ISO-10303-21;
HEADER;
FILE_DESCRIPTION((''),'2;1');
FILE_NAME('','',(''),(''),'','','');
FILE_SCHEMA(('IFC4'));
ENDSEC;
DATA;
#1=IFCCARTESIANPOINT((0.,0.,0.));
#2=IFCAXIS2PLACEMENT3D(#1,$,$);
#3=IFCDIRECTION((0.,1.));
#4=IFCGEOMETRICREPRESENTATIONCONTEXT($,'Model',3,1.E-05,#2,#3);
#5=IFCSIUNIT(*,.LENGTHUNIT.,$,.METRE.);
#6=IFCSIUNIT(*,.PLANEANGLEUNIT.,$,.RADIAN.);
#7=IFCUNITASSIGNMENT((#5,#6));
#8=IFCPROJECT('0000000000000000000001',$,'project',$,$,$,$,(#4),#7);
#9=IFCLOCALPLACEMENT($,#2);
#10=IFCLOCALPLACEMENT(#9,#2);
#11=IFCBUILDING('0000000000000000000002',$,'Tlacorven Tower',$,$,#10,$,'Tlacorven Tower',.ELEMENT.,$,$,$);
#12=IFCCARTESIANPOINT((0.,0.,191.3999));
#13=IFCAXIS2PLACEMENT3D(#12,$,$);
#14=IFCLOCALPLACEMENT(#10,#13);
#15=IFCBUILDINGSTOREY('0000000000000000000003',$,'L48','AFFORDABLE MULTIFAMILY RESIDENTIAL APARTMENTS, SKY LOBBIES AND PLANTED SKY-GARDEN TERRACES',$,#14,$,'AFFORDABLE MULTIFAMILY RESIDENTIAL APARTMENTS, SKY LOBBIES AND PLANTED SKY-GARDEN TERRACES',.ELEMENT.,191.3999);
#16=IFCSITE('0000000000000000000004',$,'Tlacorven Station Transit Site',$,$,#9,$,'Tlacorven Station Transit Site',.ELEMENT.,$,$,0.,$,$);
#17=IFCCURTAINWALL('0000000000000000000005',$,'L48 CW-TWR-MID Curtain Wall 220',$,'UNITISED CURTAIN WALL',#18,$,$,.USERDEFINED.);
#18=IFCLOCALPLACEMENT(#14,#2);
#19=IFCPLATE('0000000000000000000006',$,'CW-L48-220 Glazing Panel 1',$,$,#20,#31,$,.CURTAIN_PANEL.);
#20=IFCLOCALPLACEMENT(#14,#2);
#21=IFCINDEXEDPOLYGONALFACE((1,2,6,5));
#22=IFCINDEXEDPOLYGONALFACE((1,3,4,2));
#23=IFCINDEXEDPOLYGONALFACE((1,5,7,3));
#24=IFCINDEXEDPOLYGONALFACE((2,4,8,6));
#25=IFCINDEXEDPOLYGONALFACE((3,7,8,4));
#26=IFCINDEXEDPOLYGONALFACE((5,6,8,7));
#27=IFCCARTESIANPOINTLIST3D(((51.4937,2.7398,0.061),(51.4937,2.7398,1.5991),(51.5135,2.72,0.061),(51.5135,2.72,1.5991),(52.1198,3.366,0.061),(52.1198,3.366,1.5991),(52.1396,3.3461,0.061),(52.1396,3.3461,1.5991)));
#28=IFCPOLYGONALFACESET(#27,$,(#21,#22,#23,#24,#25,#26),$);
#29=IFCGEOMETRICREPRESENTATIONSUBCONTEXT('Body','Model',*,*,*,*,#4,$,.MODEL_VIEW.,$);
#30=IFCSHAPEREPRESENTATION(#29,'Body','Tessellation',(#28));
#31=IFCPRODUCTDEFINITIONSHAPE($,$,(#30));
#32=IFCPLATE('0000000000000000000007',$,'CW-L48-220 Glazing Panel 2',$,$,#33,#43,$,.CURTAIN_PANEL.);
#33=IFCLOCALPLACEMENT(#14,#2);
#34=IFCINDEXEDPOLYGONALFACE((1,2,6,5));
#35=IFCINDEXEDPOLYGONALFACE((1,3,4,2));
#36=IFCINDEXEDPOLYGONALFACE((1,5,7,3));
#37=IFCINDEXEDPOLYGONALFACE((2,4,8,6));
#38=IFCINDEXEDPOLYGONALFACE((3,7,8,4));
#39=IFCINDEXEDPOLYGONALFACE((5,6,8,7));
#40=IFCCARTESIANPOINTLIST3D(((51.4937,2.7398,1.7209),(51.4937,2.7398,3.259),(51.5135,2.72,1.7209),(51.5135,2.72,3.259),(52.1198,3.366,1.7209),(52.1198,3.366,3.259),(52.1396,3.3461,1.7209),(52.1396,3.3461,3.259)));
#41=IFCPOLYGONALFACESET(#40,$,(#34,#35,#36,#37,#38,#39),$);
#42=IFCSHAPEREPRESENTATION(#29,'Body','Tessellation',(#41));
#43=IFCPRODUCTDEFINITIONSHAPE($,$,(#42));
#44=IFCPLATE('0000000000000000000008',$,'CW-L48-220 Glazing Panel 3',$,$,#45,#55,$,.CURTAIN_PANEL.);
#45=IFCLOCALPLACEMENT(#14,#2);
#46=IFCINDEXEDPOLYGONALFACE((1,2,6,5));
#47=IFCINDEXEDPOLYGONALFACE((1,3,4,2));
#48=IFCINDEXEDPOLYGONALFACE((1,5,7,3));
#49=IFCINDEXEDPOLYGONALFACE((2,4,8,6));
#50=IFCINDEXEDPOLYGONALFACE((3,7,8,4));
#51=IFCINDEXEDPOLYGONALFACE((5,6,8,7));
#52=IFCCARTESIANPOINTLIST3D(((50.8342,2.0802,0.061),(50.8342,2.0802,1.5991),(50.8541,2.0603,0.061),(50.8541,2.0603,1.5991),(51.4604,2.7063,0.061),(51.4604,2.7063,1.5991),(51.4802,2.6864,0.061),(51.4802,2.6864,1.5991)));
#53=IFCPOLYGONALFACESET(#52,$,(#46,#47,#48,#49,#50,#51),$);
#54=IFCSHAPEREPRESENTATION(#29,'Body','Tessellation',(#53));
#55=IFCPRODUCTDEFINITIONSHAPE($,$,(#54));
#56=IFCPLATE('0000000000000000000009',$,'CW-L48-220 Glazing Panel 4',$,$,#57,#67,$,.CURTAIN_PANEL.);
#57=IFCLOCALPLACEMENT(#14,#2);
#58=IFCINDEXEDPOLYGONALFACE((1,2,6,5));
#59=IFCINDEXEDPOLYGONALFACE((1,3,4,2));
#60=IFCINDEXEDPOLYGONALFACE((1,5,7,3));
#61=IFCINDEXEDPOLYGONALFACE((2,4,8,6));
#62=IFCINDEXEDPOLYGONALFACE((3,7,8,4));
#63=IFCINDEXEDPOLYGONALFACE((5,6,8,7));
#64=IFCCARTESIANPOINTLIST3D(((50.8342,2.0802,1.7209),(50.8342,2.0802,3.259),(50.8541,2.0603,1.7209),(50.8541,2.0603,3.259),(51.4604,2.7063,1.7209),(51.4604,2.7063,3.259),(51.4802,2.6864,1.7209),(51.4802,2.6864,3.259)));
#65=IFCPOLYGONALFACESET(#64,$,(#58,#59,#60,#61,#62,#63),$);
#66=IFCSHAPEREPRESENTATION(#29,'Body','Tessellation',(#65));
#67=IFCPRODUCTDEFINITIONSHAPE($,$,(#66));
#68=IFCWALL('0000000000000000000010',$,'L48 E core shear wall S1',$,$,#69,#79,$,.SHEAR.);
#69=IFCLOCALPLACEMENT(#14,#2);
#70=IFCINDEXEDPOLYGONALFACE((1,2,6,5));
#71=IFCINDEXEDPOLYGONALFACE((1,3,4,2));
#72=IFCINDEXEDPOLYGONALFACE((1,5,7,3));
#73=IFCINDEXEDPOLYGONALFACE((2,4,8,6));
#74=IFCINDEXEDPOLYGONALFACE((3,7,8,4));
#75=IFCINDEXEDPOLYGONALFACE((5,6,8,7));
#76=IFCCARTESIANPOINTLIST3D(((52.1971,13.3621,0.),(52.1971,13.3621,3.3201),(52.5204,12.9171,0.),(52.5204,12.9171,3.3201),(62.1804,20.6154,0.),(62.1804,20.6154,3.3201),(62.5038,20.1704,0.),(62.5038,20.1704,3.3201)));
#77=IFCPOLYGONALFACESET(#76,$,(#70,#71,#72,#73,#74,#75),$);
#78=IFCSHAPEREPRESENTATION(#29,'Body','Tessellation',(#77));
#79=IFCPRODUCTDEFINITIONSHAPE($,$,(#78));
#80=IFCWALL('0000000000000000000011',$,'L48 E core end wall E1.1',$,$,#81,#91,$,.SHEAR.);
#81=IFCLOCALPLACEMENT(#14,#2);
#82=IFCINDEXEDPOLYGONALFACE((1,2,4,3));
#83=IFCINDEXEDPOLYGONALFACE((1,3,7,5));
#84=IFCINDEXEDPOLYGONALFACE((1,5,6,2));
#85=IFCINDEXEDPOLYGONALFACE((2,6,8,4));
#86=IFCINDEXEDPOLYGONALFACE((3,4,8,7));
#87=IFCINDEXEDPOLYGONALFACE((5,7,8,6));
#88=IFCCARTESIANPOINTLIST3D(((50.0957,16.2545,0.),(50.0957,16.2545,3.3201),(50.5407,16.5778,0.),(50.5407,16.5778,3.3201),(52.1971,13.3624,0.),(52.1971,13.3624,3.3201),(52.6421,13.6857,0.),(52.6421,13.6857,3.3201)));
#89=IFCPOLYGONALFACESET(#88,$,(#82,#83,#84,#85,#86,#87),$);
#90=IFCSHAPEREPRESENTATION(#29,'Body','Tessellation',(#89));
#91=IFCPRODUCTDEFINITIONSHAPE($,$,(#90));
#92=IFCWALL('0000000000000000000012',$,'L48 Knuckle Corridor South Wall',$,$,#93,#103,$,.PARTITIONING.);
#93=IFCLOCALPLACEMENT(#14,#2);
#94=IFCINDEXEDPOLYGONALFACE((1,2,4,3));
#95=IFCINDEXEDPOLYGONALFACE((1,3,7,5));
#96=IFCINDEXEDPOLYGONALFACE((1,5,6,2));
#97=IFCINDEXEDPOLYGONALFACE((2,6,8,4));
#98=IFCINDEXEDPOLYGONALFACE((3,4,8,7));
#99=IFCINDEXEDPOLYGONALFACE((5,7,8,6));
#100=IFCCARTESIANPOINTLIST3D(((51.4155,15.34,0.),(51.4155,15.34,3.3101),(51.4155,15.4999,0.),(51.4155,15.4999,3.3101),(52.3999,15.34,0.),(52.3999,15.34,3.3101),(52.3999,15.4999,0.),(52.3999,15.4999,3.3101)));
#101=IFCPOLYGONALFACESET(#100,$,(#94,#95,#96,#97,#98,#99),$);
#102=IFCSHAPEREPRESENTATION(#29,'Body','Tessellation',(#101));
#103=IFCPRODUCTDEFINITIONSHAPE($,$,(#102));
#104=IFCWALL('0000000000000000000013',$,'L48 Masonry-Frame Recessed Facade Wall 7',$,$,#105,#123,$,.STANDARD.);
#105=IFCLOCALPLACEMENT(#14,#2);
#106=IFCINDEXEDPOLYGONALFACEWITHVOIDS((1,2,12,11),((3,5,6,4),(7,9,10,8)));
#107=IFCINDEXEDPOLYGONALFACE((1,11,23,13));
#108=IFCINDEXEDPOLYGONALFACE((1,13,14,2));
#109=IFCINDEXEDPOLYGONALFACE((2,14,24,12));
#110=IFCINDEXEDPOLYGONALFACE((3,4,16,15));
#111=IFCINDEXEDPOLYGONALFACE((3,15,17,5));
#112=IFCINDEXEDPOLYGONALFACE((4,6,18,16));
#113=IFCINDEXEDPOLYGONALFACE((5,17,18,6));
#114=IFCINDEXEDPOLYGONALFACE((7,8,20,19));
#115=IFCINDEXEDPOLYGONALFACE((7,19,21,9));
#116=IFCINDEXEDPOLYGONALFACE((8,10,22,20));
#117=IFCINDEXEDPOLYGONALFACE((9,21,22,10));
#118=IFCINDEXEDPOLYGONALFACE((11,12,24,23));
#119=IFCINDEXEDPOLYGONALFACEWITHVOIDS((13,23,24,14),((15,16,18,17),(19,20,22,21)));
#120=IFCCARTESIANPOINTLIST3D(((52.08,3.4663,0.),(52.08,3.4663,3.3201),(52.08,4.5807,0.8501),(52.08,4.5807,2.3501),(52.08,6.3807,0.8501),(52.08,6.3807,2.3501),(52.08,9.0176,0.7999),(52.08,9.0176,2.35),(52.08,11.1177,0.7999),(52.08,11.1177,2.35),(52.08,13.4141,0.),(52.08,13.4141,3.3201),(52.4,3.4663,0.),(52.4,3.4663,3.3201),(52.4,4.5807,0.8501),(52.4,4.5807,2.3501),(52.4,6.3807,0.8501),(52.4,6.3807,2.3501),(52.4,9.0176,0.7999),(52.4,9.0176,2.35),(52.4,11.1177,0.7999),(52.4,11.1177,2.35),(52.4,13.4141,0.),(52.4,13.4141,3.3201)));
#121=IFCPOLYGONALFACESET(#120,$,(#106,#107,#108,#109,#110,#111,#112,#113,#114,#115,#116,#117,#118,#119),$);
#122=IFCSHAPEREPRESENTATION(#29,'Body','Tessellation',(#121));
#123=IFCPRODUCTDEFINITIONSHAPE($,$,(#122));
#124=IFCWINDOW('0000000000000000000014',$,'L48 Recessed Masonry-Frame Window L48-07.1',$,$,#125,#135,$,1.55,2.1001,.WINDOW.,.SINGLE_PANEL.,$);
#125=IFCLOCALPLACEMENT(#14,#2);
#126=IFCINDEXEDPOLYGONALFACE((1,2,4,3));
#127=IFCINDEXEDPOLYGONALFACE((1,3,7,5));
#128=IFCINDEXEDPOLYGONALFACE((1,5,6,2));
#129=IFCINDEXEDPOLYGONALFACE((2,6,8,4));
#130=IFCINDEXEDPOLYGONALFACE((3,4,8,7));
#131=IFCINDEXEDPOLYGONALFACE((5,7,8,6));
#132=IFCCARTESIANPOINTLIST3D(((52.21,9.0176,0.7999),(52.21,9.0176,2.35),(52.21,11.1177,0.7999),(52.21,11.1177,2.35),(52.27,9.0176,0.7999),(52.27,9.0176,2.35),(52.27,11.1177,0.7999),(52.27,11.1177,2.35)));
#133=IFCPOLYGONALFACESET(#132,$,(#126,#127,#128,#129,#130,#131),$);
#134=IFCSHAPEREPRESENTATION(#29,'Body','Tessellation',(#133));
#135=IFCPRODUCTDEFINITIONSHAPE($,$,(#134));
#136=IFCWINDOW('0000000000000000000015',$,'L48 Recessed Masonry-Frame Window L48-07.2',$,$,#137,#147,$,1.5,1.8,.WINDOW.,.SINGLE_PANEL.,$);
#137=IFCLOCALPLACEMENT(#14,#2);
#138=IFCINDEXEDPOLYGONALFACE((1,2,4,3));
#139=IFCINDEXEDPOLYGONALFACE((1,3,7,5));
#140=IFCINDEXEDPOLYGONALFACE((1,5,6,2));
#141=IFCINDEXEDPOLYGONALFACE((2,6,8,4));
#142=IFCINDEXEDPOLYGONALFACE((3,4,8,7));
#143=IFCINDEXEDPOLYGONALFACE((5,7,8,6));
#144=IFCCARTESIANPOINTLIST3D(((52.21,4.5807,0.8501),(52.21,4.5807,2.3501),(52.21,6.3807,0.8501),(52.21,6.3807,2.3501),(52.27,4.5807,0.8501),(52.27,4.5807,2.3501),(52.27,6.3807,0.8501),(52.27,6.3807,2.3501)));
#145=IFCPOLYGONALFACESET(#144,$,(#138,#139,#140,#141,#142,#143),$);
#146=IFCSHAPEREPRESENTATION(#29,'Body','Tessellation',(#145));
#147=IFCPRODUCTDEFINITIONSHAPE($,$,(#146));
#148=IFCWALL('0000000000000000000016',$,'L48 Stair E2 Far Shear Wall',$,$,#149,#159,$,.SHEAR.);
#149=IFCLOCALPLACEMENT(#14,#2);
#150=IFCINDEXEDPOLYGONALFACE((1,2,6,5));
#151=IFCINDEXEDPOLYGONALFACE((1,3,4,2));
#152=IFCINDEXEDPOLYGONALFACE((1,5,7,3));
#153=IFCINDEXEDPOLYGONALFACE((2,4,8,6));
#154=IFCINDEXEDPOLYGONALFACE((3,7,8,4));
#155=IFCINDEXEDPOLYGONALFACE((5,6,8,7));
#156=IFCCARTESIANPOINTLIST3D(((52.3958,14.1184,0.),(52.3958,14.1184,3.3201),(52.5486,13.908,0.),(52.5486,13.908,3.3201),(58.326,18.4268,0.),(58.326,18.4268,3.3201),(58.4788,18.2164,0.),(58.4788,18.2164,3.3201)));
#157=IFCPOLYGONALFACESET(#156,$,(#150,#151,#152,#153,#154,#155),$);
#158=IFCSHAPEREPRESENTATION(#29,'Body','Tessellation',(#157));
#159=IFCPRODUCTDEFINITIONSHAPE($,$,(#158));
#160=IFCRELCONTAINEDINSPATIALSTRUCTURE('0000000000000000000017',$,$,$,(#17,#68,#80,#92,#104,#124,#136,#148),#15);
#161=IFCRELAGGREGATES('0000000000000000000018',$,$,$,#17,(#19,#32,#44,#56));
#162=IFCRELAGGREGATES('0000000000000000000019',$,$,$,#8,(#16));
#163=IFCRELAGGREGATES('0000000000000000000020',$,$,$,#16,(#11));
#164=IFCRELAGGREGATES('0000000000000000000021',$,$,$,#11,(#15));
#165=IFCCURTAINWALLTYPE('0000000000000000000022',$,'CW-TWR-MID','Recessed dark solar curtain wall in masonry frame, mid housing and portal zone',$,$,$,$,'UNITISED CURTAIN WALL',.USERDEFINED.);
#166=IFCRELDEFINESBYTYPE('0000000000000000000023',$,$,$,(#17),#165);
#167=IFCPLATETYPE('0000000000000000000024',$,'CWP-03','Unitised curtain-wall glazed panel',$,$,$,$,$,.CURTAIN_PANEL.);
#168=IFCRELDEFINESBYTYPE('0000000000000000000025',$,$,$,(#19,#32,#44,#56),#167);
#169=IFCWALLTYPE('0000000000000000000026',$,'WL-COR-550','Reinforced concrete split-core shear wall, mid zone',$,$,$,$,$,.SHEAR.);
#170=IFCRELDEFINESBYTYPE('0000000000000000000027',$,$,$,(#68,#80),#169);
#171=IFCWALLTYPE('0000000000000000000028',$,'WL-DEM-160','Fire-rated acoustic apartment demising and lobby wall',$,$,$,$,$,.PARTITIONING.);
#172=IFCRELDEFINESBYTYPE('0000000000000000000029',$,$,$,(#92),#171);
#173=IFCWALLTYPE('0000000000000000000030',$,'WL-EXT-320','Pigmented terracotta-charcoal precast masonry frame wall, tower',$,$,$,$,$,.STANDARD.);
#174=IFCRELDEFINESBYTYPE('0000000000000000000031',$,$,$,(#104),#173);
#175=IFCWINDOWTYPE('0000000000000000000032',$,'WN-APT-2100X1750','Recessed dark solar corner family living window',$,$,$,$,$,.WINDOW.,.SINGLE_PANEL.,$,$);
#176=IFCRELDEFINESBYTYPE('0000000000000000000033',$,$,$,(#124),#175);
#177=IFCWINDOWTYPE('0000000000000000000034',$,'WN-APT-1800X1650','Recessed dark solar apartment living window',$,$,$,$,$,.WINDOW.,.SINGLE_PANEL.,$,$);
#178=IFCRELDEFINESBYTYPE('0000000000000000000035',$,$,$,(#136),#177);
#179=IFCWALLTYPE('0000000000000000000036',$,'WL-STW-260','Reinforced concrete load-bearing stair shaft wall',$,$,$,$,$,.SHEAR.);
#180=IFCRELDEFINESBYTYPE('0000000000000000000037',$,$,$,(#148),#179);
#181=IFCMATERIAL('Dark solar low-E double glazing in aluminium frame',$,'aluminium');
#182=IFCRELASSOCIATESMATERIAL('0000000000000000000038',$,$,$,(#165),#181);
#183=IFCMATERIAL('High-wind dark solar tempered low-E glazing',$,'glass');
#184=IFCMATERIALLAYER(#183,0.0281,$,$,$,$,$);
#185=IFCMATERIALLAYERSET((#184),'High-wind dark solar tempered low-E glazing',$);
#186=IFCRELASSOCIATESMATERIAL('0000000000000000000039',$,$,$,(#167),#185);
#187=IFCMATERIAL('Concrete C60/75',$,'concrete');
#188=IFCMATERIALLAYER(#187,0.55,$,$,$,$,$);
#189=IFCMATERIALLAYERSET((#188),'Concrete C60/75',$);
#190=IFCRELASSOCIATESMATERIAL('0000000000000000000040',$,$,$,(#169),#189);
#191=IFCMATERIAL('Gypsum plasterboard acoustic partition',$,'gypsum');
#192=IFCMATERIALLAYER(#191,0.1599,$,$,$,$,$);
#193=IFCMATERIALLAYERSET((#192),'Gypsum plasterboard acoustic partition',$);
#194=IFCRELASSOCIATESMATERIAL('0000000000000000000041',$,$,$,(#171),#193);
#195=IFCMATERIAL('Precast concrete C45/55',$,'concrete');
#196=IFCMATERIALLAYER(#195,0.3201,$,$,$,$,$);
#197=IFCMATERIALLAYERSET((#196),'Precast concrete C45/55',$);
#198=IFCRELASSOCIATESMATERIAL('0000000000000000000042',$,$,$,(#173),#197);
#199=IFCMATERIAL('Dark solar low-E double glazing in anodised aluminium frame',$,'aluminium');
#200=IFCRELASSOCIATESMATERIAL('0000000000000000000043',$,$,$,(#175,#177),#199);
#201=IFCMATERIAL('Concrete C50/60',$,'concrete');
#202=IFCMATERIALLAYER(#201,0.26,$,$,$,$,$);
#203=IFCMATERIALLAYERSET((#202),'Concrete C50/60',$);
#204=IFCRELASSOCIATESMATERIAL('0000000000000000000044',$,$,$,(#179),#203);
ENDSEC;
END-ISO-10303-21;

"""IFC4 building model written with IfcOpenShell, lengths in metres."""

from ifc_helpers import new_model, si_unit, direction, frame, frame_2d, origin, origin_2d, place, context, subcontext, project, spatial, rectangle, extrude, source, transform, mapped, material, layer, layer_set, type_object, element, fill, aggregate, save


model = new_model("IFC4")

# Units and contexts
model_context = context("Model", 3, precision=1e-05, world=origin(), true_north=direction((0.0, 1.0)))
body_context = subcontext(model_context, "Body", "Model", "MODEL_VIEW")
ifc_project = project(units=[si_unit("LENGTHUNIT", "METRE"), si_unit("PLANEANGLEUNIT", "RADIAN")], contexts=[model_context])

# Site, building, storey
site_placement = place(None, origin())
site = spatial("IfcSite", under=ifc_project, at=site_placement, Name="Tlacorven Station Transit Site", LongName="Tlacorven Station Transit Site", CompositionType="ELEMENT", RefElevation=0.0)
building_placement = place(site_placement, origin())
building = spatial("IfcBuilding", under=site, at=building_placement, Name="Tlacorven Tower", LongName="Tlacorven Tower", CompositionType="ELEMENT")
storey_placement = place(building_placement, frame((0.0, 0.0, 191.3999)))
storey = spatial("IfcBuildingStorey", under=building, at=storey_placement, Name="L48", Description="AFFORDABLE MULTIFAMILY RESIDENTIAL APARTMENTS, SKY LOBBIES AND PLANTED SKY-GARDEN TERRACES", LongName="AFFORDABLE MULTIFAMILY RESIDENTIAL APARTMENTS, SKY LOBBIES AND PLANTED SKY-GARDEN TERRACES", CompositionType="ELEMENT", Elevation=191.3999)

# Curtain wall, plates
ifc_material_1 = material(Name="Dark solar low-E double glazing in aluminium frame", Category="aluminium")
curtain_wall_type = type_object("IfcCurtainWallType", Name="CW-TWR-MID", Description="Recessed dark solar curtain wall in masonry frame, mid housing and portal zone", ElementType="UNITISED CURTAIN WALL", PredefinedType="USERDEFINED", material=ifc_material_1)
curtain_wall_placement = place(storey_placement, origin())
curtain_wall = element("IfcCurtainWall", 1, at=curtain_wall_placement, inside=storey, type_object=curtain_wall_type, Name="L48 CW-TWR-MID Curtain Wall 220", ObjectType="UNITISED CURTAIN WALL", PredefinedType="USERDEFINED")
ifc_material_2 = material(Name="High-wind dark solar tempered low-E glazing", Category="glass")
ifc_layer_1 = layer(ifc_material_2, 0.0281)
ifc_layer_set_1 = layer_set([ifc_layer_1], Name="High-wind dark solar tempered low-E glazing")
plate_type = type_object("IfcPlateType", Name="CWP-03", Description="Unitised curtain-wall glazed panel", PredefinedType="CURTAIN_PANEL", material=ifc_layer_set_1)
shared_shape_1 = source(origin(), body_context, "Body", "SweptSolid", [
    extrude(rectangle(XDim=0.8855, YDim=0.0281, at=origin_2d()), origin(), (0.0, 0.0, 1.0), 1.5381),
])
plate_1_placement = place(storey_placement, frame((51.8167, 3.043, 0.061), z_axis=(0.0, 0.0, 1.0), x_axis=(-0.707107, -0.707107, 0.0)))
plate_1 = element("IfcPlate", 2, at=plate_1_placement, type_object=plate_type, Name="CW-L48-220 Glazing Panel 1", PredefinedType="CURTAIN_PANEL", context=body_context, shape_type="MappedRepresentation", body=[
    mapped(shared_shape_1, transform((0.0, 0.0, 0.0), scale=1.0)),
])
plate_2_placement = place(storey_placement, frame((51.8167, 3.043, 1.7209), z_axis=(0.0, 0.0, 1.0), x_axis=(-0.707107, -0.707107, 0.0)))
plate_2 = element("IfcPlate", 3, at=plate_2_placement, type_object=plate_type, Name="CW-L48-220 Glazing Panel 2", PredefinedType="CURTAIN_PANEL", context=body_context, shape_type="MappedRepresentation", body=[
    mapped(shared_shape_1, transform((0.0, 0.0, 0.0), scale=1.0)),
])
plate_3_placement = place(storey_placement, frame((51.1572, 2.3833, 0.061), z_axis=(0.0, 0.0, 1.0), x_axis=(-0.707107, -0.707107, 0.0)))
plate_3 = element("IfcPlate", 4, at=plate_3_placement, type_object=plate_type, Name="CW-L48-220 Glazing Panel 3", PredefinedType="CURTAIN_PANEL", context=body_context, shape_type="MappedRepresentation", body=[
    mapped(shared_shape_1, transform((0.0, 0.0, 0.0), scale=1.0)),
])
plate_4_placement = place(storey_placement, frame((51.1572, 2.3833, 1.7209), z_axis=(0.0, 0.0, 1.0), x_axis=(-0.707107, -0.707107, 0.0)))
plate_4 = element("IfcPlate", 5, at=plate_4_placement, type_object=plate_type, Name="CW-L48-220 Glazing Panel 4", PredefinedType="CURTAIN_PANEL", context=body_context, shape_type="MappedRepresentation", body=[
    mapped(shared_shape_1, transform((0.0, 0.0, 0.0), scale=1.0)),
])
aggregate(curtain_wall, [plate_1, plate_2, plate_3, plate_4])

# Walls
ifc_material_3 = material(Name="Concrete C60/75", Category="concrete")
ifc_layer_2 = layer(ifc_material_3, 0.55)
ifc_layer_set_2 = layer_set([ifc_layer_2], Name="Concrete C60/75")
wall_type_1 = type_object("IfcWallType", Name="WL-COR-550", Description="Reinforced concrete split-core shear wall, mid zone", PredefinedType="SHEAR", material=ifc_layer_set_2)
wall_1_placement = place(storey_placement, frame((52.3589, 13.1396, 0.0), z_axis=(0.0, 0.0, 1.0), x_axis=(0.809015, 0.587788, 0.0)))
element("IfcWall", 6, at=wall_1_placement, inside=storey, type_object=wall_type_1, Name="L48 E core shear wall S1", PredefinedType="SHEAR", context=body_context, shape_type="SweptSolid", body=[
    extrude(rectangle(XDim=12.3401, YDim=0.55, at=frame_2d((6.1699, 0.0))), origin(), (0.0, 0.0, 1.0), 3.3201),
])
wall_2_placement = place(storey_placement, frame((52.4197, 13.5239, 0.0), z_axis=(0.0, 0.0, 1.0), x_axis=(-0.587802, 0.809005, 0.0)))
element("IfcWall", 7, at=wall_2_placement, inside=storey, type_object=wall_type_1, Name="L48 E core end wall E1.1", PredefinedType="SHEAR", context=body_context, shape_type="SweptSolid", body=[
    extrude(rectangle(XDim=3.575, YDim=0.55, at=frame_2d((1.7876, 0.0))), origin(), (0.0, 0.0, 1.0), 3.3201),
])
ifc_material_4 = material(Name="Gypsum plasterboard acoustic partition", Category="gypsum")
ifc_layer_3 = layer(ifc_material_4, 0.1599)
ifc_layer_set_3 = layer_set([ifc_layer_3], Name="Gypsum plasterboard acoustic partition")
wall_type_2 = type_object("IfcWallType", Name="WL-DEM-160", Description="Fire-rated acoustic apartment demising and lobby wall", PredefinedType="PARTITIONING", material=ifc_layer_set_3)
wall_3_placement = place(storey_placement, frame((51.4155, 15.4199, 0.0), z_axis=(0.0, 0.0, 1.0), x_axis=(1.0, 0.0, 0.0)))
element("IfcWall", 8, at=wall_3_placement, inside=storey, type_object=wall_type_2, Name="L48 Knuckle Corridor South Wall", PredefinedType="PARTITIONING", context=body_context, shape_type="SweptSolid", body=[
    extrude(rectangle(XDim=0.9844, YDim=0.1599, at=frame_2d((0.4922, 0.0))), origin(), (0.0, 0.0, 1.0), 3.3101),
])

# Wall, openings, windows
ifc_material_5 = material(Name="Precast concrete C45/55", Category="concrete")
ifc_layer_4 = layer(ifc_material_5, 0.3201)
ifc_layer_set_4 = layer_set([ifc_layer_4], Name="Precast concrete C45/55")
wall_type_3 = type_object("IfcWallType", Name="WL-EXT-320", Description="Pigmented terracotta-charcoal precast masonry frame wall, tower", PredefinedType="STANDARD", material=ifc_layer_set_4)
wall_4_placement = place(storey_placement, frame((52.24, 13.4141, 0.0), z_axis=(0.0, 0.0, 1.0), x_axis=(0.0, -1.0, 0.0)))
wall_4 = element("IfcWall", 9, at=wall_4_placement, inside=storey, type_object=wall_type_3, Name="L48 Masonry-Frame Recessed Facade Wall 7", PredefinedType="STANDARD", context=body_context, shape_type="SweptSolid", body=[
    extrude(rectangle(XDim=9.9478, YDim=0.3201, at=frame_2d((4.9739, 0.0))), origin(), (0.0, 0.0, 1.0), 3.3201),
])
opening_1_placement = place(wall_4_placement, frame((2.2964, 0.0, 0.8)))
opening_1 = element("IfcOpeningElement", 10, at=opening_1_placement, cuts=wall_4, PredefinedType="OPENING", context=body_context, shape_type="SweptSolid", body=[
    extrude(rectangle(XDim=2.1001, YDim=1.55, at=frame_2d((1.05, 0.7749))), frame((0.0, 0.1699, 0.0), z_axis=(0.0, -1.0, 0.0), x_axis=(1.0, 0.0, 0.0)), (0.0, 0.0, 1.0), 0.3401),
])
opening_2_placement = place(wall_4_placement, frame((7.0334, 0.0, 0.8501)))
opening_2 = element("IfcOpeningElement", 11, at=opening_2_placement, cuts=wall_4, PredefinedType="OPENING", context=body_context, shape_type="SweptSolid", body=[
    extrude(rectangle(XDim=1.8, YDim=1.5, at=frame_2d((0.8999, 0.75))), frame((0.0, 0.1699, 0.0), z_axis=(0.0, -1.0, 0.0), x_axis=(1.0, 0.0, 0.0)), (0.0, 0.0, 1.0), 0.3401),
])
ifc_material_6 = material(Name="Dark solar low-E double glazing in anodised aluminium frame", Category="aluminium")
window_type_1 = type_object("IfcWindowType", Name="WN-APT-2100X1750", Description="Recessed dark solar corner family living window", PartitioningType="SINGLE_PANEL", PredefinedType="WINDOW", material=ifc_material_6)
shared_shape_2 = source(origin(), body_context, "Body", "SweptSolid", [
    extrude(rectangle(XDim=2.1001, YDim=1.55, at=frame_2d((1.05, 0.7749))), frame((0.0, 0.03, 0.0), z_axis=(0.0, -1.0, 0.0), x_axis=(1.0, 0.0, 0.0)), (0.0, 0.0, 1.0), 0.0601),
])
window_1_placement = place(opening_1_placement, origin())
window_1 = element("IfcWindow", 12, at=window_1_placement, inside=storey, type_object=window_type_1, Name="L48 Recessed Masonry-Frame Window L48-07.1", OverallHeight=1.55, OverallWidth=2.1001, PartitioningType="SINGLE_PANEL", PredefinedType="WINDOW", context=body_context, shape_type="MappedRepresentation", body=[
    mapped(shared_shape_2, transform((0.0, 0.0, 0.0), scale=1.0)),
])
fill(opening_1, window_1)
window_type_2 = type_object("IfcWindowType", Name="WN-APT-1800X1650", Description="Recessed dark solar apartment living window", PartitioningType="SINGLE_PANEL", PredefinedType="WINDOW", material=ifc_material_6)
shared_shape_3 = source(origin(), body_context, "Body", "SweptSolid", [
    extrude(rectangle(XDim=1.8, YDim=1.5, at=frame_2d((0.8999, 0.75))), frame((0.0, 0.03, 0.0), z_axis=(0.0, -1.0, 0.0), x_axis=(1.0, 0.0, 0.0)), (0.0, 0.0, 1.0), 0.0601),
])
window_2_placement = place(opening_2_placement, origin())
window_2 = element("IfcWindow", 13, at=window_2_placement, inside=storey, type_object=window_type_2, Name="L48 Recessed Masonry-Frame Window L48-07.2", OverallHeight=1.5, OverallWidth=1.8, PartitioningType="SINGLE_PANEL", PredefinedType="WINDOW", context=body_context, shape_type="MappedRepresentation", body=[
    mapped(shared_shape_3, transform((0.0, 0.0, 0.0), scale=1.0)),
])
fill(opening_2, window_2)

# Wall
ifc_material_7 = material(Name="Concrete C50/60", Category="concrete")
ifc_layer_5 = layer(ifc_material_7, 0.26)
ifc_layer_set_5 = layer_set([ifc_layer_5], Name="Concrete C50/60")
wall_type_4 = type_object("IfcWallType", Name="WL-STW-260", Description="Reinforced concrete load-bearing stair shaft wall", PredefinedType="SHEAR", material=ifc_layer_set_5)
wall_5_placement = place(storey_placement, frame((52.4722, 14.0132, 0.0), z_axis=(0.0, 0.0, 1.0), x_axis=(0.809028, 0.58777, 0.0)))
element("IfcWall", 14, at=wall_5_placement, inside=storey, type_object=wall_type_4, Name="L48 Stair E2 Far Shear Wall", PredefinedType="SHEAR", context=body_context, shape_type="SweptSolid", body=[
    extrude(rectangle(XDim=7.3301, YDim=0.26, at=frame_2d((3.665, 0.0))), origin(), (0.0, 0.0, 1.0), 3.3201),
])

save(model, "model.ifc")
